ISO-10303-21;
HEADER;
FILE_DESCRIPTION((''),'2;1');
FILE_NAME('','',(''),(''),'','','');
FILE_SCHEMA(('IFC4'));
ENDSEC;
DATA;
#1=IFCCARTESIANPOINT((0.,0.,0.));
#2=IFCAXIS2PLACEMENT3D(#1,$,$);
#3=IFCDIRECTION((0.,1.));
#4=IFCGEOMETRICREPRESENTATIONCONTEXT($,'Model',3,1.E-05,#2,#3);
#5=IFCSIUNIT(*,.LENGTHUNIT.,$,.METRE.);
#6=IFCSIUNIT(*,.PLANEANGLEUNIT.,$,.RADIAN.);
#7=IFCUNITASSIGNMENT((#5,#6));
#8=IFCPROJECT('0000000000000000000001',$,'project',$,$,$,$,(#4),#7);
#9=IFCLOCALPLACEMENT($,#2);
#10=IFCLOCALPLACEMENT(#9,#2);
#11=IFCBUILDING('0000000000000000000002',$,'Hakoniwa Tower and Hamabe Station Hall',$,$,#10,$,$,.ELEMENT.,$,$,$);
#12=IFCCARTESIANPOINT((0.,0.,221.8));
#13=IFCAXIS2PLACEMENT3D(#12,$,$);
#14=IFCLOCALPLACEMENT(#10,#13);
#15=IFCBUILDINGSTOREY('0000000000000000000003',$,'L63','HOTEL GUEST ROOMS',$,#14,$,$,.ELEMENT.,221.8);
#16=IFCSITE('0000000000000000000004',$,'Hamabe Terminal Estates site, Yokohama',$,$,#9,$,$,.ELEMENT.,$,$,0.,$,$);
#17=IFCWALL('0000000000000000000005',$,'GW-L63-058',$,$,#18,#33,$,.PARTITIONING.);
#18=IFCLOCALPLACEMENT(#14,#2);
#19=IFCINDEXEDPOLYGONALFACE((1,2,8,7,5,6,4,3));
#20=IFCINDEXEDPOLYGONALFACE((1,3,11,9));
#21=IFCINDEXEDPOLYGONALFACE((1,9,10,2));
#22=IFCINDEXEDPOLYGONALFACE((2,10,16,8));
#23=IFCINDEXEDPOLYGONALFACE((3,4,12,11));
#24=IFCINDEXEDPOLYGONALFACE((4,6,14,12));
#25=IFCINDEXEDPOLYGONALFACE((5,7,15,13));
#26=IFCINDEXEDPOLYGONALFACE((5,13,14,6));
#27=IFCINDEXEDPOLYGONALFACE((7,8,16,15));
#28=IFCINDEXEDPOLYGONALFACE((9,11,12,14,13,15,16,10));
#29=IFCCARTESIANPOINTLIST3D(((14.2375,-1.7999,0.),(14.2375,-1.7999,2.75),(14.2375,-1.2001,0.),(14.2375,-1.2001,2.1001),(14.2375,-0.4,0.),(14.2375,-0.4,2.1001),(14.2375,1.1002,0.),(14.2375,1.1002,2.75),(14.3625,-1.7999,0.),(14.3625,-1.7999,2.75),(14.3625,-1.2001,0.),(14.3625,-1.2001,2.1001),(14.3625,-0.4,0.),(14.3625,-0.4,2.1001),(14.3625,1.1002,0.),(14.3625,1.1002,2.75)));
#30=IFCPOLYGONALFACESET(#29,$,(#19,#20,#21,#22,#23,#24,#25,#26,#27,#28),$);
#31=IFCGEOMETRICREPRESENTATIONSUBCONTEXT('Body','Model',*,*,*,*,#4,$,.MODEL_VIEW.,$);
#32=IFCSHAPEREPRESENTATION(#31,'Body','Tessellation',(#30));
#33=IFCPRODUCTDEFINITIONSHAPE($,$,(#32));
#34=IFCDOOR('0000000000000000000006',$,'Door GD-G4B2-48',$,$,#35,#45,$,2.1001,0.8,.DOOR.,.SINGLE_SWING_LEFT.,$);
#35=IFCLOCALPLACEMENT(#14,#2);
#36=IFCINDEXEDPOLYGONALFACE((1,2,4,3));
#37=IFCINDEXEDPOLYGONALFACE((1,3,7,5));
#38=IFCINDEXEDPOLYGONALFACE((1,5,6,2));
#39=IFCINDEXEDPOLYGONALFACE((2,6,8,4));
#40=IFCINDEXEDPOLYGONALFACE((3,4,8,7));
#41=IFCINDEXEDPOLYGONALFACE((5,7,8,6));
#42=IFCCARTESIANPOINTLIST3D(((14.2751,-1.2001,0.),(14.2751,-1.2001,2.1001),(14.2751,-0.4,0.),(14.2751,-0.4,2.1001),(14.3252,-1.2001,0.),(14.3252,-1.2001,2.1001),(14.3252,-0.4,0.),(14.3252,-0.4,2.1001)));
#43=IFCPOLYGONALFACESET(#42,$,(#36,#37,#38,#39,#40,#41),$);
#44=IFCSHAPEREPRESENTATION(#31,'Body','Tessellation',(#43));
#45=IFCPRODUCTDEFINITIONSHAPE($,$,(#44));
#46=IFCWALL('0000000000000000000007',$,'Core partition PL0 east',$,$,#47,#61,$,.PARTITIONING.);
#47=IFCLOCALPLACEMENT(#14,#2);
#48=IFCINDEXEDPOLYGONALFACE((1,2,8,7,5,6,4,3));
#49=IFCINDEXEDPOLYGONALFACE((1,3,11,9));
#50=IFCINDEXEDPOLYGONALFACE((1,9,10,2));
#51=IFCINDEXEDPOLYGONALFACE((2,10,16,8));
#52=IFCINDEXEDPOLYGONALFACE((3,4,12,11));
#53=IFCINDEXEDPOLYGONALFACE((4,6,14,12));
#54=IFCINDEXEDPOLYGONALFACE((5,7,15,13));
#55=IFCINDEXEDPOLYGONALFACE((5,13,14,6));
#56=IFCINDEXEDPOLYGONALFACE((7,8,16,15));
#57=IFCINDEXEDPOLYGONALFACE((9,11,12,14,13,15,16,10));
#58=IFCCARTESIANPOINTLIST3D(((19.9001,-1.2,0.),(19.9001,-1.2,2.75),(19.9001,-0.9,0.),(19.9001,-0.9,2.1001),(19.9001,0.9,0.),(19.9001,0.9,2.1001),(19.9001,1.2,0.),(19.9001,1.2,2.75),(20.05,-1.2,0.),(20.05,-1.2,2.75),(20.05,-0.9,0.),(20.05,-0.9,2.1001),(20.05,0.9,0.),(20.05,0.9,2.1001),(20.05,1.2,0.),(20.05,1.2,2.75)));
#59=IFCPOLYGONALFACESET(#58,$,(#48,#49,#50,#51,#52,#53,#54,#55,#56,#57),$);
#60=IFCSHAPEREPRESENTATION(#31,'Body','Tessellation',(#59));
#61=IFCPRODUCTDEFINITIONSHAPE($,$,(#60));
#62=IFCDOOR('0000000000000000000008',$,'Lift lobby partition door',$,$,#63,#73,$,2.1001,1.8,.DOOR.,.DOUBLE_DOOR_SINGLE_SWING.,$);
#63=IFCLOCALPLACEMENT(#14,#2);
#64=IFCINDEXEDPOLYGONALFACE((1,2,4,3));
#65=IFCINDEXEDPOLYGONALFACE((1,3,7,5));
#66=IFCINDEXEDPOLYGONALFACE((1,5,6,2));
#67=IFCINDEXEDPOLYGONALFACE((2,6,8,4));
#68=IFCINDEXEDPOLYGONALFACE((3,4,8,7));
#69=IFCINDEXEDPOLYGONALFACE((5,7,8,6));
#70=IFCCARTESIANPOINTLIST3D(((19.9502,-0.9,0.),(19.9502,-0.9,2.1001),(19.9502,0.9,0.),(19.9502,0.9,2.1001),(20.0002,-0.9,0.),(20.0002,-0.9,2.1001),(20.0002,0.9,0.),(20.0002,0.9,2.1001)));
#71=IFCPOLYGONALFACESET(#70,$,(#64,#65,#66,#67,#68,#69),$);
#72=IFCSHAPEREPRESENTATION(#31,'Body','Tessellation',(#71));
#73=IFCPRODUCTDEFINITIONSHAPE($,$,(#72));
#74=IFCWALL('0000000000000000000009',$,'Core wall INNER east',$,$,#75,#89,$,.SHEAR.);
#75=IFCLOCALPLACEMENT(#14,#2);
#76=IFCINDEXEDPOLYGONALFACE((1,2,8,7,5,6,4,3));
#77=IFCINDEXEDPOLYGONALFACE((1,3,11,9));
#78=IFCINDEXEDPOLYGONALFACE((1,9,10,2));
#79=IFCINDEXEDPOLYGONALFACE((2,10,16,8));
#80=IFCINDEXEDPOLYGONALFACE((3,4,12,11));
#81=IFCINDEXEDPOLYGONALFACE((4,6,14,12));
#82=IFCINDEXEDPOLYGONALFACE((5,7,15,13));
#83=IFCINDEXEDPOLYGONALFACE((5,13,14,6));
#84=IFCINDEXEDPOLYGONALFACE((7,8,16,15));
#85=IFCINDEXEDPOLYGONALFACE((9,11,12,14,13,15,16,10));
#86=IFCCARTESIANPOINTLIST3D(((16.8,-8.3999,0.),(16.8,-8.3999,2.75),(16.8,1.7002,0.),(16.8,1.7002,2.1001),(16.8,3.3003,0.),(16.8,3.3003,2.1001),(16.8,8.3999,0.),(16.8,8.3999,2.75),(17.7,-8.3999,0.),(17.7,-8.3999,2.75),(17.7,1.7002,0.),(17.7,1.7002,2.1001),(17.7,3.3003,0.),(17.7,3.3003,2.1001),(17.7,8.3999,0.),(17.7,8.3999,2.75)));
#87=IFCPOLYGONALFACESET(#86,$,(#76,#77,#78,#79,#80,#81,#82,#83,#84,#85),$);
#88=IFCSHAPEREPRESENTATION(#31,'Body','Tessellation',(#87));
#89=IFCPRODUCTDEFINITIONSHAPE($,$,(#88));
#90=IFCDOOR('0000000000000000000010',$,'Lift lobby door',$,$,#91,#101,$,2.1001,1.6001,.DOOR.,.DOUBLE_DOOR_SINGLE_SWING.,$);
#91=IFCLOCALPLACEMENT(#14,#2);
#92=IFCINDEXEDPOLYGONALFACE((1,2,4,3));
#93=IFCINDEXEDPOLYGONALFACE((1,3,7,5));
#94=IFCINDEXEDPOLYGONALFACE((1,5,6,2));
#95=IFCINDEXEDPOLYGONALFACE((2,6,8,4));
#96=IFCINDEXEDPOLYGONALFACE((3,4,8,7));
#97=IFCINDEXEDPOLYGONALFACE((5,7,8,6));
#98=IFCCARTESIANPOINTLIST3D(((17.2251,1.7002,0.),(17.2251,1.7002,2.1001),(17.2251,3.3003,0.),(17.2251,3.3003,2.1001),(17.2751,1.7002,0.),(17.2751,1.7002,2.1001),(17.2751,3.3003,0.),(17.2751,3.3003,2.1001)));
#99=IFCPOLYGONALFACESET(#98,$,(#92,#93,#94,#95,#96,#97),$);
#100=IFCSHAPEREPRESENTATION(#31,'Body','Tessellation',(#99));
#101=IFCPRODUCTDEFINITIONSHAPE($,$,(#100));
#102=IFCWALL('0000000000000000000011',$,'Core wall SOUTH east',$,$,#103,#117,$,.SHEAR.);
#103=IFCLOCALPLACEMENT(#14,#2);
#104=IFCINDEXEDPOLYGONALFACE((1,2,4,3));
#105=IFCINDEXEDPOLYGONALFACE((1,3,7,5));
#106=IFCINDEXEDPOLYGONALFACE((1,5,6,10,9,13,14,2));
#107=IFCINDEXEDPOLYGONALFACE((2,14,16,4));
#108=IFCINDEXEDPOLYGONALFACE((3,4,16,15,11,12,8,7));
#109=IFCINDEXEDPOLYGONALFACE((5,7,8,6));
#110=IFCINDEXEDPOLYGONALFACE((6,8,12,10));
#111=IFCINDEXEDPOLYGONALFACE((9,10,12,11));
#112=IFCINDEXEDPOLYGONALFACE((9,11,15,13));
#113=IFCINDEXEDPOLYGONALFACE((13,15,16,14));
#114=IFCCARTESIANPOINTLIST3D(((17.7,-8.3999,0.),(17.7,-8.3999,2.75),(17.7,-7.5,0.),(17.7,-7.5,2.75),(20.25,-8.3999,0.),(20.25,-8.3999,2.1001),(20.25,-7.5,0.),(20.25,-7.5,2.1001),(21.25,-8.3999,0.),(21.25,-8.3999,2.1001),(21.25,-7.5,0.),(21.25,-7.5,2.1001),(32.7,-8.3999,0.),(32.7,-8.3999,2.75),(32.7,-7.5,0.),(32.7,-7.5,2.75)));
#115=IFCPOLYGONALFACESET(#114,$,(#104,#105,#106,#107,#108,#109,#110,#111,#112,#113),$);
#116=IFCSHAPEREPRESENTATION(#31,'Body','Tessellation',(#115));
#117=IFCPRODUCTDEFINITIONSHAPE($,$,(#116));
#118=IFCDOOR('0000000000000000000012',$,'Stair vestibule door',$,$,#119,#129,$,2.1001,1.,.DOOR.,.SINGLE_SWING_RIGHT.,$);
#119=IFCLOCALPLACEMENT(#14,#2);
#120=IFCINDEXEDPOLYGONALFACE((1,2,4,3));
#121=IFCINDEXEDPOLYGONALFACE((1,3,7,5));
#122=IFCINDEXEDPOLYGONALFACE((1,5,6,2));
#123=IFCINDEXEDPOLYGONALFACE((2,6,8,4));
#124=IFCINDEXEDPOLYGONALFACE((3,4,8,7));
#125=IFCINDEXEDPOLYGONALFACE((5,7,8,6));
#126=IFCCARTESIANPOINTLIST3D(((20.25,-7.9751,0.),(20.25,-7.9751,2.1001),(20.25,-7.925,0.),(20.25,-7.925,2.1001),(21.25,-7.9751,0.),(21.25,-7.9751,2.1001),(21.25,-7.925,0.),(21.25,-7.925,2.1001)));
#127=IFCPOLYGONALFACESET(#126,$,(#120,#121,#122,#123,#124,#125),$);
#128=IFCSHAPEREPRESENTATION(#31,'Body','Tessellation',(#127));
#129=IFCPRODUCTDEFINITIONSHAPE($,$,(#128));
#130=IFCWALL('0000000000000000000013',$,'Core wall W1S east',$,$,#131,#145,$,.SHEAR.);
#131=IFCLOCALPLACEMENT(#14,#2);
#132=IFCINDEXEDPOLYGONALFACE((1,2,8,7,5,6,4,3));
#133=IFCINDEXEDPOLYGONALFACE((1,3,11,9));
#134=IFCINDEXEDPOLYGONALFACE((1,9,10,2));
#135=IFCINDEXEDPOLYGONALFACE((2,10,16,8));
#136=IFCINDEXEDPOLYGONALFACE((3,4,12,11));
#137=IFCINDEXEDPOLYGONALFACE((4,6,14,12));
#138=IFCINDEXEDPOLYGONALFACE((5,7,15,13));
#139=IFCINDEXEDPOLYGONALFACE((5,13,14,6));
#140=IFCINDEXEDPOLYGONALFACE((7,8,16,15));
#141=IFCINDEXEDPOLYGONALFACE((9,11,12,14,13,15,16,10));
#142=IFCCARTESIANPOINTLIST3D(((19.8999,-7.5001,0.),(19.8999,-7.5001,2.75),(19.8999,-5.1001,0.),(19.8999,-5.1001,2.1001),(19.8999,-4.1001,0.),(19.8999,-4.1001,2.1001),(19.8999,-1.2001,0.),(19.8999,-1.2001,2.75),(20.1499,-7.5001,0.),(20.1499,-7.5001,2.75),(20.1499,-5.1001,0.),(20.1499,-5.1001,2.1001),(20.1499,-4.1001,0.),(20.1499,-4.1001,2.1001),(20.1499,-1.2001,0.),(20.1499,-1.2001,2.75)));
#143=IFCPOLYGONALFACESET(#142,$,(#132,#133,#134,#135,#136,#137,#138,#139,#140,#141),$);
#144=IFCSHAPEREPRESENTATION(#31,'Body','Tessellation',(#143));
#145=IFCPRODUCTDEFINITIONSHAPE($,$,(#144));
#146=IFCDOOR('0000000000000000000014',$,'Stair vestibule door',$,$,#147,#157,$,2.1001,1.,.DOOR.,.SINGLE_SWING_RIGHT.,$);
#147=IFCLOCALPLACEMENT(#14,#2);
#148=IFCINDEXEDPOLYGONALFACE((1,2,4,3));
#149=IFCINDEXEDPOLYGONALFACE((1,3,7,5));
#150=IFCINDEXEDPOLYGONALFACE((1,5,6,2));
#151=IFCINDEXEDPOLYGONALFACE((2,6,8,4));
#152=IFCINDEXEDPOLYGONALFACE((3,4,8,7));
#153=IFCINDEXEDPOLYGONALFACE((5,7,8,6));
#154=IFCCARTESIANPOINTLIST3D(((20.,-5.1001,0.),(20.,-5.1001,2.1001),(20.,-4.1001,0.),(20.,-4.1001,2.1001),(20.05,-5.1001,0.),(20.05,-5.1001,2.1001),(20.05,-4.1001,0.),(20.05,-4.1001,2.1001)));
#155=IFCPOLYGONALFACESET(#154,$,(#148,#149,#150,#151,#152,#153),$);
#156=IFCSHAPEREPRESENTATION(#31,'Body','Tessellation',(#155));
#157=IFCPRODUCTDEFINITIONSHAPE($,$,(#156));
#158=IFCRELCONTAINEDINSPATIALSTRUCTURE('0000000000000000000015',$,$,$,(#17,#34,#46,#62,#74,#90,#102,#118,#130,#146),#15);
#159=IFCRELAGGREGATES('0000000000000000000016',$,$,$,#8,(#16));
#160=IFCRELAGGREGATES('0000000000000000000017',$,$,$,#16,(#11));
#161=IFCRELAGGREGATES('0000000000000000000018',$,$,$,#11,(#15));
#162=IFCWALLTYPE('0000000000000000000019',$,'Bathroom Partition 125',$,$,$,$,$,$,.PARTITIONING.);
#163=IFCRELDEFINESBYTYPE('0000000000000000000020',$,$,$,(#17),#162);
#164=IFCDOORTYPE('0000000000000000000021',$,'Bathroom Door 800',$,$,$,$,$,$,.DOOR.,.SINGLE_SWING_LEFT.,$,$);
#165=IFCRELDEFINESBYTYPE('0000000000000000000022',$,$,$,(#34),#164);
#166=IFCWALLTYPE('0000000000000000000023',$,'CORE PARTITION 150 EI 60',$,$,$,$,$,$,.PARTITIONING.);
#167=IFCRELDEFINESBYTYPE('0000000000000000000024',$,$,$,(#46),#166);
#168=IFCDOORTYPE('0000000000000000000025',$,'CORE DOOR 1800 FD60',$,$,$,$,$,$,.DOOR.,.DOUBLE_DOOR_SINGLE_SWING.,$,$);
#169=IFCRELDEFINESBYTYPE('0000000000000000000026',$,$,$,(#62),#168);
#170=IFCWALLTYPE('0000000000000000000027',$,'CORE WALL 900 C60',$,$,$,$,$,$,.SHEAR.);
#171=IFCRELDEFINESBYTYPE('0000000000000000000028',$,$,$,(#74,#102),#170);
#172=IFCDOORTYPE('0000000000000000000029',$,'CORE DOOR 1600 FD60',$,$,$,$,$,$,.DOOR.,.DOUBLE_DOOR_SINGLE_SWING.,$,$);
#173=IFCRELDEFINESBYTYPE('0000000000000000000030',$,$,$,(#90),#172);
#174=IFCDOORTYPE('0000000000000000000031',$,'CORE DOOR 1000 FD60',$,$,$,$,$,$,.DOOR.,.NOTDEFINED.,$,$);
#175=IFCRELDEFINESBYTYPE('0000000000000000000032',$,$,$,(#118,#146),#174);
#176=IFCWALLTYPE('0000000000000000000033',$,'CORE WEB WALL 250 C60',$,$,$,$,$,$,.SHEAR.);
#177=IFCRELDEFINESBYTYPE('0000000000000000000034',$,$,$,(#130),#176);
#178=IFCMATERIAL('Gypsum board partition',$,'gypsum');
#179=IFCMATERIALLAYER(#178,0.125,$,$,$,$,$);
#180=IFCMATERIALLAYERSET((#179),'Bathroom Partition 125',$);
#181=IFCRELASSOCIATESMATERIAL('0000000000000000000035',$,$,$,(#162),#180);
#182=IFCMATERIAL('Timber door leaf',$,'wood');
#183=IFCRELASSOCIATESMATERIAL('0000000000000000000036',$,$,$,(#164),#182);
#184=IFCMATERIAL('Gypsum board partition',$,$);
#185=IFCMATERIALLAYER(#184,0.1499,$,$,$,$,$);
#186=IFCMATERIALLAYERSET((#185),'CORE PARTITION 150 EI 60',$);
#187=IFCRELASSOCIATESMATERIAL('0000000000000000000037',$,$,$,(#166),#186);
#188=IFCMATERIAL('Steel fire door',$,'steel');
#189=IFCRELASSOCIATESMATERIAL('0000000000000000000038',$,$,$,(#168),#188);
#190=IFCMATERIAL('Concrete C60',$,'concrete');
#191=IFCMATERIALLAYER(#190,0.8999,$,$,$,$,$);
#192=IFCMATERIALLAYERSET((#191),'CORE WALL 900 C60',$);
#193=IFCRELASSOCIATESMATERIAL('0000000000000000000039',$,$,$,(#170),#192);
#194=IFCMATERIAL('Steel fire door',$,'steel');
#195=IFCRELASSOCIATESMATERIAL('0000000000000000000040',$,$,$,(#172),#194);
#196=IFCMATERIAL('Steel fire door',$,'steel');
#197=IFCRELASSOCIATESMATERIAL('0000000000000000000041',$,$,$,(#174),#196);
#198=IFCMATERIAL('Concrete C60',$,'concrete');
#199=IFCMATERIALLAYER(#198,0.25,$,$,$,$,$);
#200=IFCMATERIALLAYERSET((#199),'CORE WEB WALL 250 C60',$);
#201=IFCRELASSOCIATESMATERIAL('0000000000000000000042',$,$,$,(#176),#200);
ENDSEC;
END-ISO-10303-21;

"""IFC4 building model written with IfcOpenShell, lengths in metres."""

from ifc_helpers import new_model, si_unit, direction, frame, frame_2d, origin, place, context, subcontext, project, spatial, rectangle, extrude, material, layer, layer_set, type_object, element, fill, save


model = new_model("IFC4")

# Units and contexts
model_context = context("Model", 3, precision=1e-05, world=origin(), true_north=direction((0.0, 1.0)))
body_context = subcontext(model_context, "Body", "Model", "MODEL_VIEW")
ifc_project = project(units=[si_unit("LENGTHUNIT", "METRE"), si_unit("PLANEANGLEUNIT", "RADIAN")], contexts=[model_context])

# Site, building, storey
site_placement = place(None, origin())
site = spatial("IfcSite", under=ifc_project, at=site_placement, Name="Hamabe Terminal Estates site, Yokohama", CompositionType="ELEMENT", RefElevation=0.0)
building_placement = place(site_placement, origin())
building = spatial("IfcBuilding", under=site, at=building_placement, Name="Hakoniwa Tower and Hamabe Station Hall", CompositionType="ELEMENT")
storey_placement = place(building_placement, frame((0.0, 0.0, 221.8)))
storey = spatial("IfcBuildingStorey", under=building, at=storey_placement, Name="L63", Description="HOTEL GUEST ROOMS", CompositionType="ELEMENT", Elevation=221.8)

# Shared definitions
ifc_material_1 = material(Name="Gypsum board partition", Category="gypsum")
ifc_layer_1 = layer(ifc_material_1, 0.125)
ifc_layer_set_1 = layer_set([ifc_layer_1], Name="Bathroom Partition 125")
wall_type_1 = type_object("IfcWallType", Name="Bathroom Partition 125", PredefinedType="PARTITIONING", material=ifc_layer_set_1)

# Walls, openings, doors
ifc_material_2 = material(Name="Timber door leaf", Category="wood")
door_type_1 = type_object("IfcDoorType", Name="Bathroom Door 800", OperationType="SINGLE_SWING_LEFT", PredefinedType="DOOR", material=ifc_material_2)
wall_1_placement = place(storey_placement, frame((14.3, -1.8, 0.0), z_axis=(0.0, 0.0, 1.0), x_axis=(0.0, 1.0, 0.0)))
wall_1 = element("IfcWall", 1, at=wall_1_placement, inside=storey, type_object=wall_type_1, Name="GW-L63-058", PredefinedType="PARTITIONING", context=body_context, shape_type="SweptSolid", body=[
    extrude(rectangle(XDim=2.9001, YDim=0.125, at=frame_2d((1.4502, 0.0))), origin(), (0.0, 0.0, 1.0), 2.75),
])
opening_1_placement = place(wall_1_placement, frame((0.6001, 0.0, 0.0)))
opening_1 = element("IfcOpeningElement", 2, at=opening_1_placement, cuts=wall_1, PredefinedType="OPENING", context=body_context, shape_type="SweptSolid", body=[
    extrude(rectangle(XDim=0.8, YDim=2.1001, at=frame_2d((0.3999, 1.05))), frame((0.0, 0.0725, 0.0), z_axis=(0.0, -1.0, 0.0), x_axis=(1.0, 0.0, 0.0)), (0.0, 0.0, 1.0), 0.145),
])
door_1_placement = place(opening_1_placement, origin())
door_1 = element("IfcDoor", 3, at=door_1_placement, inside=storey, type_object=door_type_1, Name="Door GD-G4B2-48", OperationType="SINGLE_SWING_LEFT", OverallHeight=2.1001, OverallWidth=0.8, PredefinedType="DOOR", context=body_context, shape_type="SweptSolid", body=[
    extrude(rectangle(XDim=0.8, YDim=2.1001, at=frame_2d((0.3999, 1.05))), frame((0.0, 0.0249, 0.0), z_axis=(0.0, -1.0, 0.0), x_axis=(1.0, 0.0, 0.0)), (0.0, 0.0, 1.0), 0.05),
])
fill(opening_1, door_1)
ifc_material_3 = material(Name="Gypsum board partition")
ifc_layer_2 = layer(ifc_material_3, 0.1499)
ifc_layer_set_2 = layer_set([ifc_layer_2], Name="CORE PARTITION 150 EI 60")
wall_type_2 = type_object("IfcWallType", Name="CORE PARTITION 150 EI 60", PredefinedType="PARTITIONING", material=ifc_layer_set_2)
wall_2_placement = place(storey_placement, frame((19.9751, -1.2, 0.0), z_axis=(0.0, 0.0, 1.0), x_axis=(0.0, 1.0, 0.0)))
wall_2 = element("IfcWall", 4, at=wall_2_placement, inside=storey, type_object=wall_type_2, Name="Core partition PL0 east", PredefinedType="PARTITIONING", context=body_context, shape_type="SweptSolid", body=[
    extrude(rectangle(XDim=2.3999, YDim=0.1499, at=frame_2d((1.2, 0.0))), origin(), (0.0, 0.0, 1.0), 2.75),
])
opening_2_placement = place(wall_2_placement, frame((0.3, 0.0, 0.0)))
opening_2 = element("IfcOpeningElement", 5, at=opening_2_placement, cuts=wall_2, PredefinedType="OPENING", context=body_context, shape_type="SweptSolid", body=[
    extrude(rectangle(XDim=1.8, YDim=2.1001, at=frame_2d((0.8999, 1.05))), frame((0.0, 0.085, 0.0), z_axis=(0.0, -1.0, 0.0), x_axis=(1.0, 0.0, 0.0)), (0.0, 0.0, 1.0), 0.1699),
])
ifc_material_4 = material(Name="Steel fire door", Category="steel")
door_type_2 = type_object("IfcDoorType", Name="CORE DOOR 1800 FD60", OperationType="DOUBLE_DOOR_SINGLE_SWING", PredefinedType="DOOR", material=ifc_material_4)
door_2_placement = place(opening_2_placement, origin())
door_2 = element("IfcDoor", 6, at=door_2_placement, inside=storey, type_object=door_type_2, Name="Lift lobby partition door", OperationType="DOUBLE_DOOR_SINGLE_SWING", OverallHeight=2.1001, OverallWidth=1.8, PredefinedType="DOOR", context=body_context, shape_type="SweptSolid", body=[
    extrude(rectangle(XDim=1.8, YDim=2.1001, at=frame_2d((0.8999, 1.05))), frame((0.0, 0.0249, 0.0), z_axis=(0.0, -1.0, 0.0), x_axis=(1.0, 0.0, 0.0)), (0.0, 0.0, 1.0), 0.05),
])
fill(opening_2, door_2)
ifc_material_5 = material(Name="Concrete C60", Category="concrete")
ifc_layer_3 = layer(ifc_material_5, 0.8999)
ifc_layer_set_3 = layer_set([ifc_layer_3], Name="CORE WALL 900 C60")
wall_type_3 = type_object("IfcWallType", Name="CORE WALL 900 C60", PredefinedType="SHEAR", material=ifc_layer_set_3)
wall_3_placement = place(storey_placement, frame((17.25, -8.3999, 0.0), z_axis=(0.0, 0.0, 1.0), x_axis=(0.0, 1.0, 0.0)))
wall_3 = element("IfcWall", 7, at=wall_3_placement, inside=storey, type_object=wall_type_3, Name="Core wall INNER east", PredefinedType="SHEAR", context=body_context, shape_type="SweptSolid", body=[
    extrude(rectangle(XDim=16.7998, YDim=0.8999, at=frame_2d((8.3999, 0.0))), origin(), (0.0, 0.0, 1.0), 2.75),
])
opening_3_placement = place(wall_3_placement, frame((10.1001, 0.0, 0.0)))
opening_3 = element("IfcOpeningElement", 8, at=opening_3_placement, cuts=wall_3, PredefinedType="OPENING", context=body_context, shape_type="SweptSolid", body=[
    extrude(rectangle(XDim=1.6001, YDim=2.1001, at=frame_2d((0.8, 1.05))), frame((0.0, 0.46, 0.0), z_axis=(0.0, -1.0, 0.0), x_axis=(1.0, 0.0, 0.0)), (0.0, 0.0, 1.0), 0.9199),
])
ifc_material_6 = material(Name="Steel fire door", Category="steel")
door_type_3 = type_object("IfcDoorType", Name="CORE DOOR 1600 FD60", OperationType="DOUBLE_DOOR_SINGLE_SWING", PredefinedType="DOOR", material=ifc_material_6)
door_3_placement = place(opening_3_placement, origin())
door_3 = element("IfcDoor", 9, at=door_3_placement, inside=storey, type_object=door_type_3, Name="Lift lobby door", OperationType="DOUBLE_DOOR_SINGLE_SWING", OverallHeight=2.1001, OverallWidth=1.6001, PredefinedType="DOOR", context=body_context, shape_type="SweptSolid", body=[
    extrude(rectangle(XDim=1.6001, YDim=2.1001, at=frame_2d((0.8, 1.05))), frame((0.0, 0.0249, 0.0), z_axis=(0.0, -1.0, 0.0), x_axis=(1.0, 0.0, 0.0)), (0.0, 0.0, 1.0), 0.05),
])
fill(opening_3, door_3)
wall_4_placement = place(storey_placement, frame((17.7, -7.95, 0.0), z_axis=(0.0, 0.0, 1.0), x_axis=(1.0, 0.0, 0.0)))
wall_4 = element("IfcWall", 10, at=wall_4_placement, inside=storey, type_object=wall_type_3, Name="Core wall SOUTH east", PredefinedType="SHEAR", context=body_context, shape_type="SweptSolid", body=[
    extrude(rectangle(XDim=15.0, YDim=0.8999, at=frame_2d((7.5, 0.0))), origin(), (0.0, 0.0, 1.0), 2.75),
])
opening_4_placement = place(wall_4_placement, frame((2.55, 0.0, 0.0)))
opening_4 = element("IfcOpeningElement", 11, at=opening_4_placement, cuts=wall_4, PredefinedType="OPENING", context=body_context, shape_type="SweptSolid", body=[
    extrude(rectangle(XDim=1.0, YDim=2.1001, at=frame_2d((0.5, 1.05))), frame((0.0, 0.46, 0.0), z_axis=(0.0, -1.0, 0.0), x_axis=(1.0, 0.0, 0.0)), (0.0, 0.0, 1.0), 0.9199),
])
ifc_material_7 = material(Name="Steel fire door", Category="steel")
door_type_4 = type_object("IfcDoorType", Name="CORE DOOR 1000 FD60", OperationType="NOTDEFINED", PredefinedType="DOOR", material=ifc_material_7)
door_4_placement = place(opening_4_placement, origin())
door_4 = element("IfcDoor", 12, at=door_4_placement, inside=storey, type_object=door_type_4, Name="Stair vestibule door", OperationType="SINGLE_SWING_RIGHT", OverallHeight=2.1001, OverallWidth=1.0, PredefinedType="DOOR", context=body_context, shape_type="SweptSolid", body=[
    extrude(rectangle(XDim=1.0, YDim=2.1001, at=frame_2d((0.5, 1.05))), frame((0.0, 0.0249, 0.0), z_axis=(0.0, -1.0, 0.0), x_axis=(1.0, 0.0, 0.0)), (0.0, 0.0, 1.0), 0.05),
])
fill(opening_4, door_4)
ifc_material_8 = material(Name="Concrete C60", Category="concrete")
ifc_layer_4 = layer(ifc_material_8, 0.25)
ifc_layer_set_4 = layer_set([ifc_layer_4], Name="CORE WEB WALL 250 C60")
wall_type_4 = type_object("IfcWallType", Name="CORE WEB WALL 250 C60", PredefinedType="SHEAR", material=ifc_layer_set_4)
wall_5_placement = place(storey_placement, frame((20.0249, -7.5, 0.0), z_axis=(0.0, 0.0, 1.0), x_axis=(0.0, 1.0, 0.0)))
wall_5 = element("IfcWall", 13, at=wall_5_placement, inside=storey, type_object=wall_type_4, Name="Core wall W1S east", PredefinedType="SHEAR", context=body_context, shape_type="SweptSolid", body=[
    extrude(rectangle(XDim=6.3, YDim=0.25, at=frame_2d((3.1499, 0.0))), origin(), (0.0, 0.0, 1.0), 2.75),
])
opening_5_placement = place(wall_5_placement, frame((2.3999, 0.0, 0.0)))
opening_5 = element("IfcOpeningElement", 14, at=opening_5_placement, cuts=wall_5, PredefinedType="OPENING", context=body_context, shape_type="SweptSolid", body=[
    extrude(rectangle(XDim=1.0, YDim=2.1001, at=frame_2d((0.5, 1.05))), frame((0.0, 0.135, 0.0), z_axis=(0.0, -1.0, 0.0), x_axis=(1.0, 0.0, 0.0)), (0.0, 0.0, 1.0), 0.27),
])
door_5_placement = place(opening_5_placement, origin())
door_5 = element("IfcDoor", 15, at=door_5_placement, inside=storey, type_object=door_type_4, Name="Stair vestibule door", OperationType="SINGLE_SWING_RIGHT", OverallHeight=2.1001, OverallWidth=1.0, PredefinedType="DOOR", context=body_context, shape_type="SweptSolid", body=[
    extrude(rectangle(XDim=1.0, YDim=2.1001, at=frame_2d((0.5, 1.05))), frame((0.0, 0.0249, 0.0), z_axis=(0.0, -1.0, 0.0), x_axis=(1.0, 0.0, 0.0)), (0.0, 0.0, 1.0), 0.05),
])
fill(opening_5, door_5)

save(model, "model.ifc")
